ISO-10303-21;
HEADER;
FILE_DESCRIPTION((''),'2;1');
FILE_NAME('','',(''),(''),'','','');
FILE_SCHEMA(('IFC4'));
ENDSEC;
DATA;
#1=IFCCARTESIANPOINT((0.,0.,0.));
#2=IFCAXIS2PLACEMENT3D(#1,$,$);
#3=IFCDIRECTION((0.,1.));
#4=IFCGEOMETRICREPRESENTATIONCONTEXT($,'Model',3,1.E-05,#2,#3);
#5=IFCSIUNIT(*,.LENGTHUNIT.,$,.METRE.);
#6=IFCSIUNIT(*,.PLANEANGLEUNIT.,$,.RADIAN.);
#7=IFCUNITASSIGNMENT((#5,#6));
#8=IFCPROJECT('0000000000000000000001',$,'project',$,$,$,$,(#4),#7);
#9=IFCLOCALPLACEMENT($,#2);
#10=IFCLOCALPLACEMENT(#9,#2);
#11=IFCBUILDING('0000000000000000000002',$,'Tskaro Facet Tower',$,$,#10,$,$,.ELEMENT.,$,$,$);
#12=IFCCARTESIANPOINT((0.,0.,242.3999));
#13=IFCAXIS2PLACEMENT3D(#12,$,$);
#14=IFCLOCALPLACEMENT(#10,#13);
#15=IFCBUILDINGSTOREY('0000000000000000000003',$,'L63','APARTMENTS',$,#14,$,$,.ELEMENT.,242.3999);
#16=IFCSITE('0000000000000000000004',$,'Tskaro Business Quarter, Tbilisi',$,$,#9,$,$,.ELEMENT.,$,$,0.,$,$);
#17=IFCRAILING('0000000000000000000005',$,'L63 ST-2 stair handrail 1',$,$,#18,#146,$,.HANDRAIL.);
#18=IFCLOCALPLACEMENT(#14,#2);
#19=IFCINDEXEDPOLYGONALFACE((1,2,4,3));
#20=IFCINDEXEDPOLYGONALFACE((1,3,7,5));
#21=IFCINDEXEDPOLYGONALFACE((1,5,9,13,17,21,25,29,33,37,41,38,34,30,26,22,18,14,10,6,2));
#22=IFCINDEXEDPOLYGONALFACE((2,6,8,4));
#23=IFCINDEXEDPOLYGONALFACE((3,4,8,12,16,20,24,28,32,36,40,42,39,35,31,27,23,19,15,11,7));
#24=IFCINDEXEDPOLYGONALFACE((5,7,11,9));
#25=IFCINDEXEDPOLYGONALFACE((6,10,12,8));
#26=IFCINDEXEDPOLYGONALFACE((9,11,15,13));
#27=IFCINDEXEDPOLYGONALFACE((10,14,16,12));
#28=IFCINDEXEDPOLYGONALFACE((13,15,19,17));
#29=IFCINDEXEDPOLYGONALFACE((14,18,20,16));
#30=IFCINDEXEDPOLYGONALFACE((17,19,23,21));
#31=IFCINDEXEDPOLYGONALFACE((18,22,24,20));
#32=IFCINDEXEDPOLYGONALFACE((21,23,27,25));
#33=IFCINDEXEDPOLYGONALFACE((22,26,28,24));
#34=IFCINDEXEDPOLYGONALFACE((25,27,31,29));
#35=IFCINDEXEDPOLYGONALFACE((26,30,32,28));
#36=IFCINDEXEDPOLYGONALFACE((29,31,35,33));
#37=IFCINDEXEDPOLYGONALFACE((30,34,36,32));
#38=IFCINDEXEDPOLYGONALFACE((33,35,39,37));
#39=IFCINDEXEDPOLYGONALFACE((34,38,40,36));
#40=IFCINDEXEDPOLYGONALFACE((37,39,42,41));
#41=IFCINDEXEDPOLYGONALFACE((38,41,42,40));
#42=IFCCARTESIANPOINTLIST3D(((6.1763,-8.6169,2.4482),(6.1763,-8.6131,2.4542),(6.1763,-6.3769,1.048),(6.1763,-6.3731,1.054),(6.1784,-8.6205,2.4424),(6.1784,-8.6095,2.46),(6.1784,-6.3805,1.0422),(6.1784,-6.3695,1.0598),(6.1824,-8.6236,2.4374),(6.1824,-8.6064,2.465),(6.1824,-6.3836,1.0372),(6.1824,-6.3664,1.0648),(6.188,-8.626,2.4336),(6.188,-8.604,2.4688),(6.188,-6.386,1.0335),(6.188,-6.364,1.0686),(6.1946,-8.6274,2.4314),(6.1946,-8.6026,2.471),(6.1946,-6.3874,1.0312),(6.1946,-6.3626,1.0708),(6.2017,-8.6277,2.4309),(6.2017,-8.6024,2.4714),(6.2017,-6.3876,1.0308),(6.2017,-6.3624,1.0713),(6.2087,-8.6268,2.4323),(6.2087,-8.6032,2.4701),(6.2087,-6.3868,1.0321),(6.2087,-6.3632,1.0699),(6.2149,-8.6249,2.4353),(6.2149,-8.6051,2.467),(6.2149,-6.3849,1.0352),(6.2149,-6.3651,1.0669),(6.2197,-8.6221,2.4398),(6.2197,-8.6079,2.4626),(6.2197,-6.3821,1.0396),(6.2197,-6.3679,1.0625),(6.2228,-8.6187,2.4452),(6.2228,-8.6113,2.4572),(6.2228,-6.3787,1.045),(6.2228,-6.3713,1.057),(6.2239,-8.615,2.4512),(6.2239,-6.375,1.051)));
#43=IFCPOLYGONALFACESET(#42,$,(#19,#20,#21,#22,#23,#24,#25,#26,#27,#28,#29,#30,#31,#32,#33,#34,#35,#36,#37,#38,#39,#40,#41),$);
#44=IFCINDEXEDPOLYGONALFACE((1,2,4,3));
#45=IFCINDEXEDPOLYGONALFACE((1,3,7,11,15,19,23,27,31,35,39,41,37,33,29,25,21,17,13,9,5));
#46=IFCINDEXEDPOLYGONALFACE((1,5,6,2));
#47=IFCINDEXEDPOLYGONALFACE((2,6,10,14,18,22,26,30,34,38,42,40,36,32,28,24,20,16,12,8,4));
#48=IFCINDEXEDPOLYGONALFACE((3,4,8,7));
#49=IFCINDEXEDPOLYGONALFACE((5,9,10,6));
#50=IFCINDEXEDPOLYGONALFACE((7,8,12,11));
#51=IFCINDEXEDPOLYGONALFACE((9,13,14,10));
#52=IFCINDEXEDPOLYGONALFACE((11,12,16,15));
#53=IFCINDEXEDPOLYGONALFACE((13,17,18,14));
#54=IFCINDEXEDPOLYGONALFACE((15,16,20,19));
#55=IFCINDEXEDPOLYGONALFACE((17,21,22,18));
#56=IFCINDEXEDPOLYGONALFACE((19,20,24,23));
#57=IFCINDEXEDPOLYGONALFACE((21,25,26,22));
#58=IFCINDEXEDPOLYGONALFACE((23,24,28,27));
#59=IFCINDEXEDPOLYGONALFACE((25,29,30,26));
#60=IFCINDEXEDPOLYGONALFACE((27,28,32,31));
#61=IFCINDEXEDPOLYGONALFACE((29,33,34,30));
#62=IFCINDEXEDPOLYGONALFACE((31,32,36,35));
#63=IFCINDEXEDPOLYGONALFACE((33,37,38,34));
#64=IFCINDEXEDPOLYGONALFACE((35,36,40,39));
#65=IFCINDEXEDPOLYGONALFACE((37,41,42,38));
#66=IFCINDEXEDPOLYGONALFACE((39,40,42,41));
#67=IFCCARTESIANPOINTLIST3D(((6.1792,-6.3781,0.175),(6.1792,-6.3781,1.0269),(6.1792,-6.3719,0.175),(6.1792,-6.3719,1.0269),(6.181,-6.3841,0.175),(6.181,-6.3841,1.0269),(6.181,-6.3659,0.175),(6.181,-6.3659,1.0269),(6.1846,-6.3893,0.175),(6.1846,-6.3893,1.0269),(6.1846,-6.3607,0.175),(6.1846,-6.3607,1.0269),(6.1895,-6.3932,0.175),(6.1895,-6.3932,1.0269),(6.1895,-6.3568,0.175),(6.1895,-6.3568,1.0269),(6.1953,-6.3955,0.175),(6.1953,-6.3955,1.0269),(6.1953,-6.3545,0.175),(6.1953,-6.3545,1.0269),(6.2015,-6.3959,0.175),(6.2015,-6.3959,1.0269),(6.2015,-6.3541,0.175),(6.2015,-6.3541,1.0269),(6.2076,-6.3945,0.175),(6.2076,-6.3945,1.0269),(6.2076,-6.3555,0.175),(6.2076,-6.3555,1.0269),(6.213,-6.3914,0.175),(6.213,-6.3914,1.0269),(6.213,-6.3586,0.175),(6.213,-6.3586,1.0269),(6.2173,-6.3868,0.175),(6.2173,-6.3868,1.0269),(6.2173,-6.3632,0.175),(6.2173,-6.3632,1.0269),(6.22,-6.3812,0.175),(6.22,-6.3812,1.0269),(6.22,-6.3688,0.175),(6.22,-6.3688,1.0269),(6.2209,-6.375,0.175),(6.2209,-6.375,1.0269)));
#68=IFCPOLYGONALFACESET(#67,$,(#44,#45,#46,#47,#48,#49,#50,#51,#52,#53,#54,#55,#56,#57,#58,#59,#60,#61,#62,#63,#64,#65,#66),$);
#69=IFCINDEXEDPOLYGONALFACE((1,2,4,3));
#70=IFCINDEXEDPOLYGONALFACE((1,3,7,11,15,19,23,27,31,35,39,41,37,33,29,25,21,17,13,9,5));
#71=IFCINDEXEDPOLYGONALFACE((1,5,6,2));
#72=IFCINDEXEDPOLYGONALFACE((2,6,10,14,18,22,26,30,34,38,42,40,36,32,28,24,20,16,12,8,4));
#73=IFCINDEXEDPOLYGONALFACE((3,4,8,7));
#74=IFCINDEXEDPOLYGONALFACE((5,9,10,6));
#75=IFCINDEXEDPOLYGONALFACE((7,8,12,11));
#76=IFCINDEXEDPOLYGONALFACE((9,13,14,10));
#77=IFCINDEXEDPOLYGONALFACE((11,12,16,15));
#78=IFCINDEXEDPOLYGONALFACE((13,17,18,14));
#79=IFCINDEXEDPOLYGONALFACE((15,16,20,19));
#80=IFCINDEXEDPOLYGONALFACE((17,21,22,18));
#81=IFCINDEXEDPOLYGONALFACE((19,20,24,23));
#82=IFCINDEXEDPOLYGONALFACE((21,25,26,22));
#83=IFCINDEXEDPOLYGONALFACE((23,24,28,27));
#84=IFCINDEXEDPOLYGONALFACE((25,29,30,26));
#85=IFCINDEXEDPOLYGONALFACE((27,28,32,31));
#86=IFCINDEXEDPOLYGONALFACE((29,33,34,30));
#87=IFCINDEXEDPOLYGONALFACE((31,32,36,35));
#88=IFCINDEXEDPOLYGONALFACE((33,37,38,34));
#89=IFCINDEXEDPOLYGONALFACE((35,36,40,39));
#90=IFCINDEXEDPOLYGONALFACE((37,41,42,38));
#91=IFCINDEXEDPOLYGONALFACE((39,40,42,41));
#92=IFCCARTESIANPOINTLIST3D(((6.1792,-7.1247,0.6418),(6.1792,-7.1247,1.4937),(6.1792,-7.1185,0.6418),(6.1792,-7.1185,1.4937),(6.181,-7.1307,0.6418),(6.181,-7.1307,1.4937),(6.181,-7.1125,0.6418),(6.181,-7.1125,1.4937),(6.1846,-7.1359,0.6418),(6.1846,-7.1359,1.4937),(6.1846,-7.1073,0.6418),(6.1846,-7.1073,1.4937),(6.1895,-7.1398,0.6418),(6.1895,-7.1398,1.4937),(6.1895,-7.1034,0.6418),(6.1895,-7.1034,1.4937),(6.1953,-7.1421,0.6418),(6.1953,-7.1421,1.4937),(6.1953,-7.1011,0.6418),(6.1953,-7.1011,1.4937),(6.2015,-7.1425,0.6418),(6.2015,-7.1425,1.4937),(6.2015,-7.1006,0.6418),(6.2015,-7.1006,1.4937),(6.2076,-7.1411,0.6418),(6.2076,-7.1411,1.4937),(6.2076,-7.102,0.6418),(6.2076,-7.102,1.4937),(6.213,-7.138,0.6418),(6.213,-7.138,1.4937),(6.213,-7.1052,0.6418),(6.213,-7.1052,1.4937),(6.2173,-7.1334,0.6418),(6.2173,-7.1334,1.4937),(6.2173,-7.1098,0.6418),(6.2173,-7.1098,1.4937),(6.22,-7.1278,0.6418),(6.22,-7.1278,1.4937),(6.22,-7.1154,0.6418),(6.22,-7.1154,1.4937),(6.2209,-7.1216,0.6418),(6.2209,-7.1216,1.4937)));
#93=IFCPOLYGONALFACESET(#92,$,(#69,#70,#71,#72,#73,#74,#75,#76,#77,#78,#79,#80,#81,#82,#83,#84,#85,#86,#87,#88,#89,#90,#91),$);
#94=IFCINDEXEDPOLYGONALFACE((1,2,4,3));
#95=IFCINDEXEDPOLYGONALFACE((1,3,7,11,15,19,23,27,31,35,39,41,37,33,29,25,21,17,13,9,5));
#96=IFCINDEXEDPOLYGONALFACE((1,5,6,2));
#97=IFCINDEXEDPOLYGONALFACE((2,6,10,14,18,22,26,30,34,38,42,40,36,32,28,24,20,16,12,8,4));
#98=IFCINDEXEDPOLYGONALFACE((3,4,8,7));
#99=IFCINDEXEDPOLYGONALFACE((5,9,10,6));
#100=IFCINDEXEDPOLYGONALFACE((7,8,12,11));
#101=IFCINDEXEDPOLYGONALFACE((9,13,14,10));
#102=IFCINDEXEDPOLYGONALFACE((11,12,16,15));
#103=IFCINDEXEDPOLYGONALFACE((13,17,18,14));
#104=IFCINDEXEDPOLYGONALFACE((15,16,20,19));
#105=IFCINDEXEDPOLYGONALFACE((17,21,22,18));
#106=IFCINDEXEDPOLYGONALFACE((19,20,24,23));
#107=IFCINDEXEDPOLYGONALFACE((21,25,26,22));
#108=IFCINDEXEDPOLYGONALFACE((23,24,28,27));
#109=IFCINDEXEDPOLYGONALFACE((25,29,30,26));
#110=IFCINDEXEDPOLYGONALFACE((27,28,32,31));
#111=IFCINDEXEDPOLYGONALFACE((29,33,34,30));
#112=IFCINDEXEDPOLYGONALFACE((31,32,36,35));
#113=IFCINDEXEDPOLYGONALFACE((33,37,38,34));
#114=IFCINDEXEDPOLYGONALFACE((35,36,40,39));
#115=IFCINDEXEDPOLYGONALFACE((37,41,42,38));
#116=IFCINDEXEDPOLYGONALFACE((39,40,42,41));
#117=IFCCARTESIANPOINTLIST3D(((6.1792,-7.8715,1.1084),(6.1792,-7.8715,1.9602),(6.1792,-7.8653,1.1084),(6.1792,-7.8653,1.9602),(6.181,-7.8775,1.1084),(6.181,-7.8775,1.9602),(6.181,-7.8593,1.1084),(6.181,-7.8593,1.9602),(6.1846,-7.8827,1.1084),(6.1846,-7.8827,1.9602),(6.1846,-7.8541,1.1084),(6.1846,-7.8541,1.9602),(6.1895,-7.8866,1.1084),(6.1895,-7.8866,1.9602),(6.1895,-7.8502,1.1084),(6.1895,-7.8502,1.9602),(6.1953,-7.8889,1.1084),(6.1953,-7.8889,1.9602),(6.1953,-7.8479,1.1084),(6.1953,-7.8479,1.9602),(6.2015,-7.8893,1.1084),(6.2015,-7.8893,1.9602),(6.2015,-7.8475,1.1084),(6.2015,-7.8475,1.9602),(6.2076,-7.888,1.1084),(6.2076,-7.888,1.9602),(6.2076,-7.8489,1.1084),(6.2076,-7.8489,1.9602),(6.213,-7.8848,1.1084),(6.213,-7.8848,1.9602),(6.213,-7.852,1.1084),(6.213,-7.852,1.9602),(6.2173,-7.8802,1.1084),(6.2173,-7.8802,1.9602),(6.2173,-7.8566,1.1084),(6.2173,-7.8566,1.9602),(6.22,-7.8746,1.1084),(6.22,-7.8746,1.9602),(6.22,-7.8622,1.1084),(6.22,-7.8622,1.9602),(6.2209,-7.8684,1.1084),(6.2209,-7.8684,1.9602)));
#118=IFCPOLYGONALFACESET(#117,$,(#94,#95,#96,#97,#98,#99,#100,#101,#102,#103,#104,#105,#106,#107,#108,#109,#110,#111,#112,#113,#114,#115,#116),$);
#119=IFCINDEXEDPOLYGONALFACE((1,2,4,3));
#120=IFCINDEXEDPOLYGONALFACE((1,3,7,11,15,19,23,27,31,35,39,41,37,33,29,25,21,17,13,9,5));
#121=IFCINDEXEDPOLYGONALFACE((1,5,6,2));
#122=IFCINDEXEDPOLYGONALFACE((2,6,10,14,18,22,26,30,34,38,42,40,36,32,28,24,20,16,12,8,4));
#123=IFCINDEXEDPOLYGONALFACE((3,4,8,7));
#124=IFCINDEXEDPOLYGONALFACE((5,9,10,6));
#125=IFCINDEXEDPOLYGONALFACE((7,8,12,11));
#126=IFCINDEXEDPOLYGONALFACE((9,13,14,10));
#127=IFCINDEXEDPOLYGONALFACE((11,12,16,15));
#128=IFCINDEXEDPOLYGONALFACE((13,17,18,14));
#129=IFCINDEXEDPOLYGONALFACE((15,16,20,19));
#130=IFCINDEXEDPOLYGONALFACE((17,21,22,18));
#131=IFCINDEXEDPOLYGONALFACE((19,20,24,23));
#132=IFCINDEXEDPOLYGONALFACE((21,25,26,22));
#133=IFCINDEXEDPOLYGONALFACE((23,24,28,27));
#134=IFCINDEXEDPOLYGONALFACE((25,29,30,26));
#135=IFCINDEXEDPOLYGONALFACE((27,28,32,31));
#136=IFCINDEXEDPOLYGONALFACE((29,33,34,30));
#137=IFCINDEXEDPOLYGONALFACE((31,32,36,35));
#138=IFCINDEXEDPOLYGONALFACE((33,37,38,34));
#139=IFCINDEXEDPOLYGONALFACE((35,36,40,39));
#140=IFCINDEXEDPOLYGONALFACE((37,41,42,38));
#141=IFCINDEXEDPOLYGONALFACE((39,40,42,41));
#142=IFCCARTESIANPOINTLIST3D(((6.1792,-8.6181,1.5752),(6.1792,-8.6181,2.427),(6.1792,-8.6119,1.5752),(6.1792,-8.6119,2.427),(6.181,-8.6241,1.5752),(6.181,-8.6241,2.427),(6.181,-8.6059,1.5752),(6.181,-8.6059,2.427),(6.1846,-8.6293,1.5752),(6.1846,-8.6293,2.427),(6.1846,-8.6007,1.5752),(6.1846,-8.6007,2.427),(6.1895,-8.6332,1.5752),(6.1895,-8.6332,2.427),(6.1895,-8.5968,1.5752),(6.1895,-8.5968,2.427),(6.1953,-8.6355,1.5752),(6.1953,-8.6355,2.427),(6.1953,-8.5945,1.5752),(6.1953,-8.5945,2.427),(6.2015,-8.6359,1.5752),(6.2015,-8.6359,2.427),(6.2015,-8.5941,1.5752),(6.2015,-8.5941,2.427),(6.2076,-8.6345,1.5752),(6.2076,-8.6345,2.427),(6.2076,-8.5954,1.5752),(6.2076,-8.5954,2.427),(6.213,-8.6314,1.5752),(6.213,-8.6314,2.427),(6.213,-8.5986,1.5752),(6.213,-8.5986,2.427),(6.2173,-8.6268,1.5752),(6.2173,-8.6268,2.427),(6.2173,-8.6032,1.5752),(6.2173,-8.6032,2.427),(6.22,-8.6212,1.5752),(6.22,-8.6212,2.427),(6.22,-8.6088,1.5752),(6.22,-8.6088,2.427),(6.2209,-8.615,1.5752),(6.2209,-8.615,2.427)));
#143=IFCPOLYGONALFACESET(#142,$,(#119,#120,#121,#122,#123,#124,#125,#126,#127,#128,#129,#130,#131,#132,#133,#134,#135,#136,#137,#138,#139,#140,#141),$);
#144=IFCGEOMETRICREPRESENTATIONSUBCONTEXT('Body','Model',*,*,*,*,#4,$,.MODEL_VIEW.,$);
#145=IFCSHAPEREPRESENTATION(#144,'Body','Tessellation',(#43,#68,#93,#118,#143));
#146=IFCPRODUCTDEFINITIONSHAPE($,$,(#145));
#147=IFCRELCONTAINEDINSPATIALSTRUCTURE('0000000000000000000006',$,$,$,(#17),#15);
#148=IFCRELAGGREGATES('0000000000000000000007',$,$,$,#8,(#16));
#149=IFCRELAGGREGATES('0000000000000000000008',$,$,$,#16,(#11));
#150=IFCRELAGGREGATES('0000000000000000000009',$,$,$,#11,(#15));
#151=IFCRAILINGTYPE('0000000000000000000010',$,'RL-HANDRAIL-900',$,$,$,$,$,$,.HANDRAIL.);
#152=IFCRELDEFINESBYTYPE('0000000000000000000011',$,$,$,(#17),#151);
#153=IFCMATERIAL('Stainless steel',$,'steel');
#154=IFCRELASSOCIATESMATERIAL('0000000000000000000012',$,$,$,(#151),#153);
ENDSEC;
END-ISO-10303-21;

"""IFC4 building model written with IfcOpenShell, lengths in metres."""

from ifc_helpers import new_model, si_unit, direction, frame, origin, origin_2d, place, context, subcontext, project, spatial, circle, extrude, material, type_object, element, save


model = new_model("IFC4")

# Units and contexts
model_context = context("Model", 3, precision=1e-05, world=origin(), true_north=direction((0.0, 1.0)))
body_context = subcontext(model_context, "Body", "Model", "MODEL_VIEW")
ifc_project = project(units=[si_unit("LENGTHUNIT", "METRE"), si_unit("PLANEANGLEUNIT", "RADIAN")], contexts=[model_context])

# Site, building, storey
site_placement = place(None, origin())
site = spatial("IfcSite", under=ifc_project, at=site_placement, Name="Tskaro Business Quarter, Tbilisi", CompositionType="ELEMENT", RefElevation=0.0)
building_placement = place(site_placement, origin())
building = spatial("IfcBuilding", under=site, at=building_placement, Name="Tskaro Facet Tower", CompositionType="ELEMENT")
storey_placement = place(building_placement, frame((0.0, 0.0, 242.3999)))
storey = spatial("IfcBuildingStorey", under=building, at=storey_placement, Name="L63", Description="APARTMENTS", CompositionType="ELEMENT", Elevation=242.3999)

# Railing
ifc_material_1 = material(Name="Stainless steel", Category="steel")
railing_type_1 = type_object("IfcRailingType", Name="RL-HANDRAIL-900", PredefinedType="HANDRAIL", material=ifc_material_1)
railing_1_placement = place(storey_placement, frame((6.2, -6.375, 0.175)))
element("IfcRailing", 1, at=railing_1_placement, inside=storey, type_object=railing_type_1, Name="L63 ST-2 stair handrail 1", PredefinedType="HANDRAIL", context=body_context, shape_type="SweptSolid", body=[
    extrude(circle(Radius=0.0239, at=origin_2d()), frame((0.0, 0.0, 0.876), z_axis=(0.0, -0.847972, 0.53004), x_axis=(1.0, 0.0, 0.0)), (0.0, 0.0, 1.0), 2.6416),
    extrude(circle(Radius=0.021, at=origin_2d()), origin(), (0.0, 0.0, 1.0), 0.8518),
    extrude(circle(Radius=0.021, at=origin_2d()), frame((0.0, -0.7466, 0.4668)), (0.0, 0.0, 1.0), 0.8518),
    extrude(circle(Radius=0.021, at=origin_2d()), frame((0.0, -1.4934, 0.9333)), (0.0, 0.0, 1.0), 0.8518),
    extrude(circle(Radius=0.021, at=origin_2d()), frame((0.0, -2.24, 1.4001)), (0.0, 0.0, 1.0), 0.8518),
])

save(model, "model.ifc")
